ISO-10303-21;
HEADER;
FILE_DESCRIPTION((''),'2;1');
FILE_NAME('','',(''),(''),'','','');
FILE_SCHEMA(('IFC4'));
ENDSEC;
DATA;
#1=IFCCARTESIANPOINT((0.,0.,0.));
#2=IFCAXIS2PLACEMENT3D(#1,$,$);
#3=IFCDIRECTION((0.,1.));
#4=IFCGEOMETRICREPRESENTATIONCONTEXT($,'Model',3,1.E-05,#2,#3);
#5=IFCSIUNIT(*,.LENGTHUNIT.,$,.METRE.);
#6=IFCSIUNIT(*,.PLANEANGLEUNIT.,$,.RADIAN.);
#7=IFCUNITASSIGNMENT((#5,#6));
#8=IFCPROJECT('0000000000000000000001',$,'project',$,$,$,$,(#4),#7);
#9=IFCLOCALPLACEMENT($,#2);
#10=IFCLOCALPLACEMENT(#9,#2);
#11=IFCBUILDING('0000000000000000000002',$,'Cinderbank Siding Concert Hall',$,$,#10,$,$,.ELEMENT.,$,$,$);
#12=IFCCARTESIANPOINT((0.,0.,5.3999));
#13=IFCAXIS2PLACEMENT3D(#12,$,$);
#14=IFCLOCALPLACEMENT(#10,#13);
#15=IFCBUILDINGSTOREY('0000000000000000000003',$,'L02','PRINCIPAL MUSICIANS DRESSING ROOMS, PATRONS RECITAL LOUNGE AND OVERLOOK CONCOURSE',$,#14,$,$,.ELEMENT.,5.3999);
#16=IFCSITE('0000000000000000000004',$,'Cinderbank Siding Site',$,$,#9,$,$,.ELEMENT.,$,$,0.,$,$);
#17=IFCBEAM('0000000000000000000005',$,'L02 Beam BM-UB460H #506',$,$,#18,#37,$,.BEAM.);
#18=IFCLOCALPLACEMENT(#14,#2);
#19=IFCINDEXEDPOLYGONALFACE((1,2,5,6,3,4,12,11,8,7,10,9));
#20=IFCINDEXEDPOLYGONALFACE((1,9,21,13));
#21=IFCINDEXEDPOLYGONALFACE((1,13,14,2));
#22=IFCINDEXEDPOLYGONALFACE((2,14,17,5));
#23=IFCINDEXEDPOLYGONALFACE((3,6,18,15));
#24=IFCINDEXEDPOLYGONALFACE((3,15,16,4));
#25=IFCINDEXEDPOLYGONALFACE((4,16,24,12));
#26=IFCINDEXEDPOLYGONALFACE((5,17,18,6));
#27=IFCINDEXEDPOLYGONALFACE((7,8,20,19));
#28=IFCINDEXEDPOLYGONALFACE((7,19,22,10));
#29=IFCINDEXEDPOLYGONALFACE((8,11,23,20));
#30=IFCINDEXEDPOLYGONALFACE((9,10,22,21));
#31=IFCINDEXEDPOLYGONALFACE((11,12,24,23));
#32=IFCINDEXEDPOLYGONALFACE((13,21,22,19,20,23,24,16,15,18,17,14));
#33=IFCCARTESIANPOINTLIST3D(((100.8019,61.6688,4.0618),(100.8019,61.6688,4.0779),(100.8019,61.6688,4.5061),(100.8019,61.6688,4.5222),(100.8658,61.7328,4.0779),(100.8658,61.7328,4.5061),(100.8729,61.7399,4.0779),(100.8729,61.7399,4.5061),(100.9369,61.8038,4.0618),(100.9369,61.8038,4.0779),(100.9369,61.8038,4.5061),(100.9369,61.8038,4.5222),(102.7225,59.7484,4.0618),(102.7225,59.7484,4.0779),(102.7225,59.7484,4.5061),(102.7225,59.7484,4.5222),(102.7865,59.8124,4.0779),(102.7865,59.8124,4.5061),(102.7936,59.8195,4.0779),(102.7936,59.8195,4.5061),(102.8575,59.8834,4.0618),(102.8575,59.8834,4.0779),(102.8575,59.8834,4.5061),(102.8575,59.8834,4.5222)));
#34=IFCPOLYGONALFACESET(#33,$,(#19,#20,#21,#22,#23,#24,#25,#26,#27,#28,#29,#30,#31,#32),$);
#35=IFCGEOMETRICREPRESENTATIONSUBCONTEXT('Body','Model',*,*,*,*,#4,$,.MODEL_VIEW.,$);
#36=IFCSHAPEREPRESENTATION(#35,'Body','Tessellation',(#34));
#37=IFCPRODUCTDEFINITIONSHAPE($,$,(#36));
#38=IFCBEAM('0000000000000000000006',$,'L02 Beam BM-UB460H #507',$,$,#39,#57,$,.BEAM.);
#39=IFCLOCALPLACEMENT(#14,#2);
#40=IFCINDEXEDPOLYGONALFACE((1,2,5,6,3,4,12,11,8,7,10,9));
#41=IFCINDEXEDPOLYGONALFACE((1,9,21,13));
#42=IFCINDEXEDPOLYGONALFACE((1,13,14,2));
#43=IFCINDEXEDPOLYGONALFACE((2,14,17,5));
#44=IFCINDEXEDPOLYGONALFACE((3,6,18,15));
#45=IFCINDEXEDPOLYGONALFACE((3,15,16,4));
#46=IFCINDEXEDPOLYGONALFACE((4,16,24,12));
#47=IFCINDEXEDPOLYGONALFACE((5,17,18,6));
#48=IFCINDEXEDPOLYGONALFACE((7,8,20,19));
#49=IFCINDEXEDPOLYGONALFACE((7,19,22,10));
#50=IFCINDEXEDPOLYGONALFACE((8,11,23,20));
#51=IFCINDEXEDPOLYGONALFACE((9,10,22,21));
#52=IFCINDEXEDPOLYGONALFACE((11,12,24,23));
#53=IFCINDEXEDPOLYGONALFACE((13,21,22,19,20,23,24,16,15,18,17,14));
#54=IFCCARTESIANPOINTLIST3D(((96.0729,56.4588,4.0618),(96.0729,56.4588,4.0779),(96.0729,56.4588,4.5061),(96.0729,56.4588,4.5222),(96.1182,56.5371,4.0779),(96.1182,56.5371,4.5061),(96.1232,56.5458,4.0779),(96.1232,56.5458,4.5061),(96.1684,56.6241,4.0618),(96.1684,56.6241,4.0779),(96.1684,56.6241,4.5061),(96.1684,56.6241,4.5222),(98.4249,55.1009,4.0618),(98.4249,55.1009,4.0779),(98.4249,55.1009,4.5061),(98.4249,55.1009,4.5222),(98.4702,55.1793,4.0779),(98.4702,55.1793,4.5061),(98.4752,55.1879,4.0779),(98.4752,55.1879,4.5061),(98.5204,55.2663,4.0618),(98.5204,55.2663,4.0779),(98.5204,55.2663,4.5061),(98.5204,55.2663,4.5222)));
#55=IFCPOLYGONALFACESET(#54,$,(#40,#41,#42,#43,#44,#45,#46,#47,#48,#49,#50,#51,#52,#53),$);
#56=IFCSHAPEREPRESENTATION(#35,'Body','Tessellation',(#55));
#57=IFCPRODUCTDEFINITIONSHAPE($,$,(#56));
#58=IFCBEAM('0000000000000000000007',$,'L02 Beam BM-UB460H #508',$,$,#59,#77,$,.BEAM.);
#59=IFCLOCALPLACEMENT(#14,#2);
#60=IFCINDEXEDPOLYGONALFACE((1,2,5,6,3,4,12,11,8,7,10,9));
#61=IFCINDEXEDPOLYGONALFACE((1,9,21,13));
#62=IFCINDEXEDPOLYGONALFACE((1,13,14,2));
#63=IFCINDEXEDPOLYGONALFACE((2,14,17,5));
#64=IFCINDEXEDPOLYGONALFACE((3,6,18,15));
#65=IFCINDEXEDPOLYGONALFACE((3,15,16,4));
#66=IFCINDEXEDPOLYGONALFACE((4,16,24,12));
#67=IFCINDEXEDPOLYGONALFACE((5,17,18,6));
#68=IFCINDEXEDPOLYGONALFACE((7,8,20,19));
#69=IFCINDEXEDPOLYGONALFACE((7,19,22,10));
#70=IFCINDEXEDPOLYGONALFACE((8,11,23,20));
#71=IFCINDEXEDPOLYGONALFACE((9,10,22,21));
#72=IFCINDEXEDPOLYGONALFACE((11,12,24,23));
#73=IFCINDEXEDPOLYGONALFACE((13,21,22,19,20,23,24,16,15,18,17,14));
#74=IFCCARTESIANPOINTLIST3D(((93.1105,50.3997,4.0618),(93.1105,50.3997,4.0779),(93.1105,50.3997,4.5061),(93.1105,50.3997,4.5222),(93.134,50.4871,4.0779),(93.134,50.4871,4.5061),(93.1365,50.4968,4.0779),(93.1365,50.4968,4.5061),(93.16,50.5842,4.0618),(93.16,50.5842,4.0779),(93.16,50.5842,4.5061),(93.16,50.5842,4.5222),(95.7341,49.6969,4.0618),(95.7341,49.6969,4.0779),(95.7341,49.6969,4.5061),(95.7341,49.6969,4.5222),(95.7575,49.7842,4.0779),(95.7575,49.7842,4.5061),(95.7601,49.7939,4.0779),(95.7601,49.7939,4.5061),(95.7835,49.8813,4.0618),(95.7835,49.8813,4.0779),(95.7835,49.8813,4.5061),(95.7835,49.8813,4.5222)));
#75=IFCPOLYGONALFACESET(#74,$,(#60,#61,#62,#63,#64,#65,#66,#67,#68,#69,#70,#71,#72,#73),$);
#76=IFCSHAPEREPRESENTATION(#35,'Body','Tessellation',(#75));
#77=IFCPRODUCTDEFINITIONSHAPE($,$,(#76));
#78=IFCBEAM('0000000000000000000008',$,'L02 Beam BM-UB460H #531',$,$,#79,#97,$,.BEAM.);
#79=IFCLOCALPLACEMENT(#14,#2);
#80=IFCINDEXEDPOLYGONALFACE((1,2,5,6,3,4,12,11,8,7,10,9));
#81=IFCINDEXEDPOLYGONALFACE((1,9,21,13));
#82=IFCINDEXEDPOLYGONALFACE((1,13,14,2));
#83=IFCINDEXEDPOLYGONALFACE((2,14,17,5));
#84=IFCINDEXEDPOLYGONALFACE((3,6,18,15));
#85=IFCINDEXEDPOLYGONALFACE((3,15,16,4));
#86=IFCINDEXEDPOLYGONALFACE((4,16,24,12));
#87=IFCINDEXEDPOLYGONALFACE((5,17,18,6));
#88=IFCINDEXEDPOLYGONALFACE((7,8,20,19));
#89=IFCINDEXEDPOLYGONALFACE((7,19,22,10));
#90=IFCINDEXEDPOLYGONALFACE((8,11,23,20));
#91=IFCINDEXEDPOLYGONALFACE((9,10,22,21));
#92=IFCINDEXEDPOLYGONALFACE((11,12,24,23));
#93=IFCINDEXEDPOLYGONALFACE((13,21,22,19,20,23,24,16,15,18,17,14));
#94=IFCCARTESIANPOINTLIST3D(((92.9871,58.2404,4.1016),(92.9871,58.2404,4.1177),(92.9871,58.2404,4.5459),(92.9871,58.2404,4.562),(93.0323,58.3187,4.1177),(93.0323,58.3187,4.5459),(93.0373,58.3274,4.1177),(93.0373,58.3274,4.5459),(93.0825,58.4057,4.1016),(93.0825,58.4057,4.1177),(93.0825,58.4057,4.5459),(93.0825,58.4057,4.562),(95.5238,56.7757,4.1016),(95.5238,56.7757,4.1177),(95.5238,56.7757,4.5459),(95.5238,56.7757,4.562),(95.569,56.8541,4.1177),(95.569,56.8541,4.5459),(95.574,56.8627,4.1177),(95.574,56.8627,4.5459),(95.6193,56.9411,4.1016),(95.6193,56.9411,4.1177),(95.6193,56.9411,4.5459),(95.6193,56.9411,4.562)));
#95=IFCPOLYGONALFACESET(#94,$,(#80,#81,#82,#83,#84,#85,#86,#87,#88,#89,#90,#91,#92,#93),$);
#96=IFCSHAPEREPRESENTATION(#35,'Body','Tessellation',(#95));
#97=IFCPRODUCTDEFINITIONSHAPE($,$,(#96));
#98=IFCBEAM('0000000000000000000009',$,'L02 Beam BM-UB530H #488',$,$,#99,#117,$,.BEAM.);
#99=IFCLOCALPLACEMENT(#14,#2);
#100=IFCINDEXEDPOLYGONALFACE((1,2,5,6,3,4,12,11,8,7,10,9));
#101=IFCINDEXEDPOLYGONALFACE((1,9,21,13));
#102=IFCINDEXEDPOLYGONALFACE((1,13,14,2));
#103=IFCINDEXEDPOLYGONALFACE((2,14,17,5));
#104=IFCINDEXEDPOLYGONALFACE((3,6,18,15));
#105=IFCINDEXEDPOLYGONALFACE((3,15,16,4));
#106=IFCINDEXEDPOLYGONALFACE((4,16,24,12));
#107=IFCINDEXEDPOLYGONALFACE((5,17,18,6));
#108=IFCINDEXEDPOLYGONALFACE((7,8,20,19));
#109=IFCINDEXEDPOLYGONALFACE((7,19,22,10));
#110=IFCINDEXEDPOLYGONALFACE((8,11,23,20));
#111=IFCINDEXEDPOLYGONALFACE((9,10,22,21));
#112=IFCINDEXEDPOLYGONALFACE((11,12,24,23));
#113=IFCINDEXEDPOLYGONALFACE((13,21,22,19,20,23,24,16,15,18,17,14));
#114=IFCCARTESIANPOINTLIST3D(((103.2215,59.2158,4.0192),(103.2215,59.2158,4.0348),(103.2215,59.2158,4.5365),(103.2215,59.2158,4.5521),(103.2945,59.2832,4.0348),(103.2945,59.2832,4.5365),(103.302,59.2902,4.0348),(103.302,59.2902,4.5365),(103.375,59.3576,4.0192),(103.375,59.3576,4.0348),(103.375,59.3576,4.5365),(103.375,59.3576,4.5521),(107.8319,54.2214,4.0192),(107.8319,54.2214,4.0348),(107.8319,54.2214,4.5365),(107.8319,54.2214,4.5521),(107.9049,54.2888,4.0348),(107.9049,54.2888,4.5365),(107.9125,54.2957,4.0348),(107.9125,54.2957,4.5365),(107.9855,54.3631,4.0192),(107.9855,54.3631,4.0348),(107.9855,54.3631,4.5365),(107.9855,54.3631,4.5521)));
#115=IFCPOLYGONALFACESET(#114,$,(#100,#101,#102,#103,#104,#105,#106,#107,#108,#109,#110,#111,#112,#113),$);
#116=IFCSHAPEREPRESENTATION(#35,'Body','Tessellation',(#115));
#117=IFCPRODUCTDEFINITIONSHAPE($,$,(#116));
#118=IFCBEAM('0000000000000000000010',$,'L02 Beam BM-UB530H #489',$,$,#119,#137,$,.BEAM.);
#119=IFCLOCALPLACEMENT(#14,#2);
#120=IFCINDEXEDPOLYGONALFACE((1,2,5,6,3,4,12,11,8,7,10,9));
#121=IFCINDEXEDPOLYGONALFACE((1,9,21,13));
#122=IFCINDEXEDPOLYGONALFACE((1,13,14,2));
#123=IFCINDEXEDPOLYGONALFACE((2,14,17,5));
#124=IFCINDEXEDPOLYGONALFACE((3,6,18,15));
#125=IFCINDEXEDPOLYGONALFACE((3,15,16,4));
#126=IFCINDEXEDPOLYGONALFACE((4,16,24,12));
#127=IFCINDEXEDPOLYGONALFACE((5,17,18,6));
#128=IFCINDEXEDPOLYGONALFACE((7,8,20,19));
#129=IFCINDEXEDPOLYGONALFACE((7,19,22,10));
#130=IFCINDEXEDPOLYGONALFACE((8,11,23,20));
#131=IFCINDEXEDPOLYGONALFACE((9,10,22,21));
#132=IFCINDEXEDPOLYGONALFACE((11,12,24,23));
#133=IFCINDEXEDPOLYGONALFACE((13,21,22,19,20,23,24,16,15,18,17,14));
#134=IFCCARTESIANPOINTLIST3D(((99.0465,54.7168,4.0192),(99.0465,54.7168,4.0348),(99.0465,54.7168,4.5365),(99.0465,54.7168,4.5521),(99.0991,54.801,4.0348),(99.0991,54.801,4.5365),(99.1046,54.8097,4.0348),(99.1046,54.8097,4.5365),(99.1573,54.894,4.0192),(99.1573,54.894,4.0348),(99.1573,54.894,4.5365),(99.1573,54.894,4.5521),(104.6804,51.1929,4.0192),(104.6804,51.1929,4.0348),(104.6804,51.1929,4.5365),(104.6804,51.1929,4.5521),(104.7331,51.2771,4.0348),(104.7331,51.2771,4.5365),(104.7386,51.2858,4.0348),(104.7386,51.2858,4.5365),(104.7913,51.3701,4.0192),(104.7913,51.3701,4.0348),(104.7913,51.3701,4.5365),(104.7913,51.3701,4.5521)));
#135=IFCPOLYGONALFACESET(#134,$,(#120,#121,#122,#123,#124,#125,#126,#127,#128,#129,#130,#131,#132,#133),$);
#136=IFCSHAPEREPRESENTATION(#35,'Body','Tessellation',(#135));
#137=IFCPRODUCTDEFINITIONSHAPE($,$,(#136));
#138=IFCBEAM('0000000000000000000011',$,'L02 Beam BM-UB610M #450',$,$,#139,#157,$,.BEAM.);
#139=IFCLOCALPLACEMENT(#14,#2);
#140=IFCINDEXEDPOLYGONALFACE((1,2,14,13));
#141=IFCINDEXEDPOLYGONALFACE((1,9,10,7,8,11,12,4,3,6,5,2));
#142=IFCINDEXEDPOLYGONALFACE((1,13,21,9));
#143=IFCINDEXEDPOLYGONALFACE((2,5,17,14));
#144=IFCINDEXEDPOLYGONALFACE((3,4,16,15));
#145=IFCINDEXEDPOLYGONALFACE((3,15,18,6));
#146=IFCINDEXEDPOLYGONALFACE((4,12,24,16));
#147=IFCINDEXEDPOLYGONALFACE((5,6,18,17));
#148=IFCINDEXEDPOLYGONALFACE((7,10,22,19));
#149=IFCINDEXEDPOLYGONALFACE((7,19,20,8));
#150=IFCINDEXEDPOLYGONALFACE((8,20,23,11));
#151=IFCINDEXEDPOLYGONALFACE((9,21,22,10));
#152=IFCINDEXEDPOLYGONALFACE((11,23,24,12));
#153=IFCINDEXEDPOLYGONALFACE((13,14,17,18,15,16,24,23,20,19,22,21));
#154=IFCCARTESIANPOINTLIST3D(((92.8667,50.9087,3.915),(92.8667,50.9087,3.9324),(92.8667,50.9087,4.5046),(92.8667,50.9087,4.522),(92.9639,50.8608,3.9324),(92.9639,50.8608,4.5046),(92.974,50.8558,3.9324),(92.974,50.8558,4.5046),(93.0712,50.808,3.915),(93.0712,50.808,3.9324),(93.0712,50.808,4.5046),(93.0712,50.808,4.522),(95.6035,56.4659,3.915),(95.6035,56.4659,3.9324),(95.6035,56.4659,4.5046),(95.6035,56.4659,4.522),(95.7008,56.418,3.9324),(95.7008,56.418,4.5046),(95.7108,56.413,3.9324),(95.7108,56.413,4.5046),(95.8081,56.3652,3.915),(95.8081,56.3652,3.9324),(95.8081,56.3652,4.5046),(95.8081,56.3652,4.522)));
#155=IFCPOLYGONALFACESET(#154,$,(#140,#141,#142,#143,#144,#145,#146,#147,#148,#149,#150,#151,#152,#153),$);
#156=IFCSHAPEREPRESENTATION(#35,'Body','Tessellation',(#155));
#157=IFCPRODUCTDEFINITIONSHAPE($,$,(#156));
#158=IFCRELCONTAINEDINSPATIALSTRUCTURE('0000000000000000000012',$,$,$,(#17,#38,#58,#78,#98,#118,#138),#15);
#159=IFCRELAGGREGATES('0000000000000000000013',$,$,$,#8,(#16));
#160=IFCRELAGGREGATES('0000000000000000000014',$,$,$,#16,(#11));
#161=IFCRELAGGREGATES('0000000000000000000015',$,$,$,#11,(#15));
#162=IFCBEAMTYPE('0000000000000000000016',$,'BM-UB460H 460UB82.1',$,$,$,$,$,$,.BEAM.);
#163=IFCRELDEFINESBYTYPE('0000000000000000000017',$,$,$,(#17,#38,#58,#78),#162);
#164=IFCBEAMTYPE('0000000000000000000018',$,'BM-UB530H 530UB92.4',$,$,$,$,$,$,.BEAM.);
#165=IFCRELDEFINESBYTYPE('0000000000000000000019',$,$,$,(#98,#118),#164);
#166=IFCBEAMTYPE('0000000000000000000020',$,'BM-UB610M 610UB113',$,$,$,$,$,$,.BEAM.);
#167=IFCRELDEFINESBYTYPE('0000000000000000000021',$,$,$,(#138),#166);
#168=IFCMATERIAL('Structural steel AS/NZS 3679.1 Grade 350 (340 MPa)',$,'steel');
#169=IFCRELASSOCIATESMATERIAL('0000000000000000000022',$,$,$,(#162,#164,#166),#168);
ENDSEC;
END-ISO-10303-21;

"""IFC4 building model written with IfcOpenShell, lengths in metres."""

from ifc_helpers import new_model, si_unit, direction, frame, origin, origin_2d, place, context, subcontext, project, spatial, i_section, extrude, material, material_profile, profile_set, type_object, element, save


model = new_model("IFC4")

# Units and contexts
model_context = context("Model", 3, precision=1e-05, world=origin(), true_north=direction((0.0, 1.0)))
body_context = subcontext(model_context, "Body", "Model", "MODEL_VIEW")
ifc_project = project(units=[si_unit("LENGTHUNIT", "METRE"), si_unit("PLANEANGLEUNIT", "RADIAN")], contexts=[model_context])

# Site, building, storey
site_placement = place(None, origin())
site = spatial("IfcSite", under=ifc_project, at=site_placement, Name="Cinderbank Siding Site", CompositionType="ELEMENT", RefElevation=0.0)
building_placement = place(site_placement, origin())
building = spatial("IfcBuilding", under=site, at=building_placement, Name="Cinderbank Siding Concert Hall", CompositionType="ELEMENT")
storey_placement = place(building_placement, frame((0.0, 0.0, 5.3999)))
storey = spatial("IfcBuildingStorey", under=building, at=storey_placement, Name="L02", Description="PRINCIPAL MUSICIANS DRESSING ROOMS, PATRONS RECITAL LOUNGE AND OVERLOOK CONCOURSE", CompositionType="ELEMENT", Elevation=5.3999)

# Beams
ifc_material_1 = material(Name="Structural steel AS/NZS 3679.1 Grade 350 (340 MPa)", Category="steel")
ifc_material_profile_1 = material_profile(ifc_material_1, i_section(OverallWidth=0.1909, OverallDepth=0.4604, WebThickness=0.01, FlangeThickness=0.0161, at=origin_2d()), Name="460UB82.1", Category="LoadBearing")
ifc_profile_set_1 = profile_set([ifc_material_profile_1], Name="Structural steel AS/NZS 3679.1 Grade 350 (340 MPa)")
beam_type_1 = type_object("IfcBeamType", Name="BM-UB460H 460UB82.1", PredefinedType="BEAM", material=ifc_profile_set_1)
beam_1_placement = place(storey_placement, frame((102.79, 59.8159, 4.292), z_axis=(-0.707152, 0.707062, 0.0), x_axis=(-0.707062, -0.707152, 0.0)))
element("IfcBeam", 1, at=beam_1_placement, inside=storey, type_object=beam_type_1, Name="L02 Beam BM-UB460H #506", PredefinedType="BEAM", context=body_context, shape_type="SweptSolid", body=[
    extrude(i_section(OverallWidth=0.1909, OverallDepth=0.4604, WebThickness=0.01, FlangeThickness=0.0161, at=origin_2d()), origin(), (0.0, 0.0, 1.0), 2.7161),
])
beam_2_placement = place(storey_placement, frame((98.4727, 55.1836, 4.292), z_axis=(-0.866033, 0.499987, 0.0), x_axis=(-0.499987, -0.866033, 0.0)))
element("IfcBeam", 2, at=beam_2_placement, inside=storey, type_object=beam_type_1, Name="L02 Beam BM-UB460H #507", PredefinedType="BEAM", context=body_context, shape_type="SweptSolid", body=[
    extrude(i_section(OverallWidth=0.1909, OverallDepth=0.4604, WebThickness=0.01, FlangeThickness=0.0161, at=origin_2d()), origin(), (0.0, 0.0, 1.0), 2.7158),
])
beam_3_placement = place(storey_placement, frame((95.7588, 49.7891, 4.292), z_axis=(-0.965934, 0.258787, 0.0), x_axis=(-0.258787, -0.965934, 0.0)))
element("IfcBeam", 3, at=beam_3_placement, inside=storey, type_object=beam_type_1, Name="L02 Beam BM-UB460H #508", PredefinedType="BEAM", context=body_context, shape_type="SweptSolid", body=[
    extrude(i_section(OverallWidth=0.1909, OverallDepth=0.4604, WebThickness=0.01, FlangeThickness=0.0161, at=origin_2d()), origin(), (0.0, 0.0, 1.0), 2.7161),
])
beam_4_placement = place(storey_placement, frame((95.5715, 56.8584, 4.3318), z_axis=(-0.866013, 0.500021, 0.0), x_axis=(-0.500021, -0.866013, 0.0)))
element("IfcBeam", 4, at=beam_4_placement, inside=storey, type_object=beam_type_1, Name="L02 Beam BM-UB460H #531", PredefinedType="BEAM", context=body_context, shape_type="SweptSolid", body=[
    extrude(i_section(OverallWidth=0.1909, OverallDepth=0.4604, WebThickness=0.01, FlangeThickness=0.0161, at=origin_2d()), origin(), (0.0, 0.0, 1.0), 2.9292),
])
ifc_material_profile_2 = material_profile(ifc_material_1, i_section(OverallWidth=0.209, OverallDepth=0.533, WebThickness=0.0103, FlangeThickness=0.0156, at=origin_2d()), Name="530UB92.4", Category="LoadBearing")
ifc_profile_set_2 = profile_set([ifc_material_profile_2], Name="Structural steel AS/NZS 3679.1 Grade 350 (340 MPa)")
beam_type_2 = type_object("IfcBeamType", Name="BM-UB530H 530UB92.4", PredefinedType="BEAM", material=ifc_profile_set_2)
beam_5_placement = place(storey_placement, frame((107.9087, 54.2922, 4.2856), z_axis=(-0.678292, 0.734792, 0.0), x_axis=(-0.734792, -0.678292, 0.0)))
element("IfcBeam", 5, at=beam_5_placement, inside=storey, type_object=beam_type_2, Name="L02 Beam BM-UB530H #488", PredefinedType="BEAM", context=body_context, shape_type="SweptSolid", body=[
    extrude(i_section(OverallWidth=0.209, OverallDepth=0.533, WebThickness=0.0103, FlangeThickness=0.0156, at=origin_2d()), origin(), (0.0, 0.0, 1.0), 6.7971),
])
beam_6_placement = place(storey_placement, frame((104.7358, 51.2815, 4.2856), z_axis=(-0.847819, 0.530286, 0.0), x_axis=(-0.530286, -0.847819, 0.0)))
element("IfcBeam", 6, at=beam_6_placement, inside=storey, type_object=beam_type_2, Name="L02 Beam BM-UB530H #489", PredefinedType="BEAM", context=body_context, shape_type="SweptSolid", body=[
    extrude(i_section(OverallWidth=0.209, OverallDepth=0.533, WebThickness=0.0103, FlangeThickness=0.0156, at=origin_2d()), origin(), (0.0, 0.0, 1.0), 6.6453),
])
ifc_material_profile_3 = material_profile(ifc_material_1, i_section(OverallWidth=0.228, OverallDepth=0.6069, WebThickness=0.0112, FlangeThickness=0.0173, at=origin_2d()), Name="610UB113", Category="LoadBearing")
ifc_profile_set_3 = profile_set([ifc_material_profile_3], Name="Structural steel AS/NZS 3679.1 Grade 350 (340 MPa)")
beam_type_3 = type_object("IfcBeamType", Name="BM-UB610M 610UB113", PredefinedType="BEAM", material=ifc_profile_set_3)
beam_7_placement = place(storey_placement, frame((95.7058, 56.4155, 4.2185), z_axis=(-0.441814, -0.897107, 0.0), x_axis=(0.897107, -0.441814, 0.0)))
element("IfcBeam", 7, at=beam_7_placement, inside=storey, type_object=beam_type_3, Name="L02 Beam BM-UB610M #450", PredefinedType="BEAM", context=body_context, shape_type="SweptSolid", body=[
    extrude(i_section(OverallWidth=0.228, OverallDepth=0.6069, WebThickness=0.0112, FlangeThickness=0.0173, at=origin_2d()), origin(), (0.0, 0.0, 1.0), 6.1946),
])

save(model, "model.ifc")
